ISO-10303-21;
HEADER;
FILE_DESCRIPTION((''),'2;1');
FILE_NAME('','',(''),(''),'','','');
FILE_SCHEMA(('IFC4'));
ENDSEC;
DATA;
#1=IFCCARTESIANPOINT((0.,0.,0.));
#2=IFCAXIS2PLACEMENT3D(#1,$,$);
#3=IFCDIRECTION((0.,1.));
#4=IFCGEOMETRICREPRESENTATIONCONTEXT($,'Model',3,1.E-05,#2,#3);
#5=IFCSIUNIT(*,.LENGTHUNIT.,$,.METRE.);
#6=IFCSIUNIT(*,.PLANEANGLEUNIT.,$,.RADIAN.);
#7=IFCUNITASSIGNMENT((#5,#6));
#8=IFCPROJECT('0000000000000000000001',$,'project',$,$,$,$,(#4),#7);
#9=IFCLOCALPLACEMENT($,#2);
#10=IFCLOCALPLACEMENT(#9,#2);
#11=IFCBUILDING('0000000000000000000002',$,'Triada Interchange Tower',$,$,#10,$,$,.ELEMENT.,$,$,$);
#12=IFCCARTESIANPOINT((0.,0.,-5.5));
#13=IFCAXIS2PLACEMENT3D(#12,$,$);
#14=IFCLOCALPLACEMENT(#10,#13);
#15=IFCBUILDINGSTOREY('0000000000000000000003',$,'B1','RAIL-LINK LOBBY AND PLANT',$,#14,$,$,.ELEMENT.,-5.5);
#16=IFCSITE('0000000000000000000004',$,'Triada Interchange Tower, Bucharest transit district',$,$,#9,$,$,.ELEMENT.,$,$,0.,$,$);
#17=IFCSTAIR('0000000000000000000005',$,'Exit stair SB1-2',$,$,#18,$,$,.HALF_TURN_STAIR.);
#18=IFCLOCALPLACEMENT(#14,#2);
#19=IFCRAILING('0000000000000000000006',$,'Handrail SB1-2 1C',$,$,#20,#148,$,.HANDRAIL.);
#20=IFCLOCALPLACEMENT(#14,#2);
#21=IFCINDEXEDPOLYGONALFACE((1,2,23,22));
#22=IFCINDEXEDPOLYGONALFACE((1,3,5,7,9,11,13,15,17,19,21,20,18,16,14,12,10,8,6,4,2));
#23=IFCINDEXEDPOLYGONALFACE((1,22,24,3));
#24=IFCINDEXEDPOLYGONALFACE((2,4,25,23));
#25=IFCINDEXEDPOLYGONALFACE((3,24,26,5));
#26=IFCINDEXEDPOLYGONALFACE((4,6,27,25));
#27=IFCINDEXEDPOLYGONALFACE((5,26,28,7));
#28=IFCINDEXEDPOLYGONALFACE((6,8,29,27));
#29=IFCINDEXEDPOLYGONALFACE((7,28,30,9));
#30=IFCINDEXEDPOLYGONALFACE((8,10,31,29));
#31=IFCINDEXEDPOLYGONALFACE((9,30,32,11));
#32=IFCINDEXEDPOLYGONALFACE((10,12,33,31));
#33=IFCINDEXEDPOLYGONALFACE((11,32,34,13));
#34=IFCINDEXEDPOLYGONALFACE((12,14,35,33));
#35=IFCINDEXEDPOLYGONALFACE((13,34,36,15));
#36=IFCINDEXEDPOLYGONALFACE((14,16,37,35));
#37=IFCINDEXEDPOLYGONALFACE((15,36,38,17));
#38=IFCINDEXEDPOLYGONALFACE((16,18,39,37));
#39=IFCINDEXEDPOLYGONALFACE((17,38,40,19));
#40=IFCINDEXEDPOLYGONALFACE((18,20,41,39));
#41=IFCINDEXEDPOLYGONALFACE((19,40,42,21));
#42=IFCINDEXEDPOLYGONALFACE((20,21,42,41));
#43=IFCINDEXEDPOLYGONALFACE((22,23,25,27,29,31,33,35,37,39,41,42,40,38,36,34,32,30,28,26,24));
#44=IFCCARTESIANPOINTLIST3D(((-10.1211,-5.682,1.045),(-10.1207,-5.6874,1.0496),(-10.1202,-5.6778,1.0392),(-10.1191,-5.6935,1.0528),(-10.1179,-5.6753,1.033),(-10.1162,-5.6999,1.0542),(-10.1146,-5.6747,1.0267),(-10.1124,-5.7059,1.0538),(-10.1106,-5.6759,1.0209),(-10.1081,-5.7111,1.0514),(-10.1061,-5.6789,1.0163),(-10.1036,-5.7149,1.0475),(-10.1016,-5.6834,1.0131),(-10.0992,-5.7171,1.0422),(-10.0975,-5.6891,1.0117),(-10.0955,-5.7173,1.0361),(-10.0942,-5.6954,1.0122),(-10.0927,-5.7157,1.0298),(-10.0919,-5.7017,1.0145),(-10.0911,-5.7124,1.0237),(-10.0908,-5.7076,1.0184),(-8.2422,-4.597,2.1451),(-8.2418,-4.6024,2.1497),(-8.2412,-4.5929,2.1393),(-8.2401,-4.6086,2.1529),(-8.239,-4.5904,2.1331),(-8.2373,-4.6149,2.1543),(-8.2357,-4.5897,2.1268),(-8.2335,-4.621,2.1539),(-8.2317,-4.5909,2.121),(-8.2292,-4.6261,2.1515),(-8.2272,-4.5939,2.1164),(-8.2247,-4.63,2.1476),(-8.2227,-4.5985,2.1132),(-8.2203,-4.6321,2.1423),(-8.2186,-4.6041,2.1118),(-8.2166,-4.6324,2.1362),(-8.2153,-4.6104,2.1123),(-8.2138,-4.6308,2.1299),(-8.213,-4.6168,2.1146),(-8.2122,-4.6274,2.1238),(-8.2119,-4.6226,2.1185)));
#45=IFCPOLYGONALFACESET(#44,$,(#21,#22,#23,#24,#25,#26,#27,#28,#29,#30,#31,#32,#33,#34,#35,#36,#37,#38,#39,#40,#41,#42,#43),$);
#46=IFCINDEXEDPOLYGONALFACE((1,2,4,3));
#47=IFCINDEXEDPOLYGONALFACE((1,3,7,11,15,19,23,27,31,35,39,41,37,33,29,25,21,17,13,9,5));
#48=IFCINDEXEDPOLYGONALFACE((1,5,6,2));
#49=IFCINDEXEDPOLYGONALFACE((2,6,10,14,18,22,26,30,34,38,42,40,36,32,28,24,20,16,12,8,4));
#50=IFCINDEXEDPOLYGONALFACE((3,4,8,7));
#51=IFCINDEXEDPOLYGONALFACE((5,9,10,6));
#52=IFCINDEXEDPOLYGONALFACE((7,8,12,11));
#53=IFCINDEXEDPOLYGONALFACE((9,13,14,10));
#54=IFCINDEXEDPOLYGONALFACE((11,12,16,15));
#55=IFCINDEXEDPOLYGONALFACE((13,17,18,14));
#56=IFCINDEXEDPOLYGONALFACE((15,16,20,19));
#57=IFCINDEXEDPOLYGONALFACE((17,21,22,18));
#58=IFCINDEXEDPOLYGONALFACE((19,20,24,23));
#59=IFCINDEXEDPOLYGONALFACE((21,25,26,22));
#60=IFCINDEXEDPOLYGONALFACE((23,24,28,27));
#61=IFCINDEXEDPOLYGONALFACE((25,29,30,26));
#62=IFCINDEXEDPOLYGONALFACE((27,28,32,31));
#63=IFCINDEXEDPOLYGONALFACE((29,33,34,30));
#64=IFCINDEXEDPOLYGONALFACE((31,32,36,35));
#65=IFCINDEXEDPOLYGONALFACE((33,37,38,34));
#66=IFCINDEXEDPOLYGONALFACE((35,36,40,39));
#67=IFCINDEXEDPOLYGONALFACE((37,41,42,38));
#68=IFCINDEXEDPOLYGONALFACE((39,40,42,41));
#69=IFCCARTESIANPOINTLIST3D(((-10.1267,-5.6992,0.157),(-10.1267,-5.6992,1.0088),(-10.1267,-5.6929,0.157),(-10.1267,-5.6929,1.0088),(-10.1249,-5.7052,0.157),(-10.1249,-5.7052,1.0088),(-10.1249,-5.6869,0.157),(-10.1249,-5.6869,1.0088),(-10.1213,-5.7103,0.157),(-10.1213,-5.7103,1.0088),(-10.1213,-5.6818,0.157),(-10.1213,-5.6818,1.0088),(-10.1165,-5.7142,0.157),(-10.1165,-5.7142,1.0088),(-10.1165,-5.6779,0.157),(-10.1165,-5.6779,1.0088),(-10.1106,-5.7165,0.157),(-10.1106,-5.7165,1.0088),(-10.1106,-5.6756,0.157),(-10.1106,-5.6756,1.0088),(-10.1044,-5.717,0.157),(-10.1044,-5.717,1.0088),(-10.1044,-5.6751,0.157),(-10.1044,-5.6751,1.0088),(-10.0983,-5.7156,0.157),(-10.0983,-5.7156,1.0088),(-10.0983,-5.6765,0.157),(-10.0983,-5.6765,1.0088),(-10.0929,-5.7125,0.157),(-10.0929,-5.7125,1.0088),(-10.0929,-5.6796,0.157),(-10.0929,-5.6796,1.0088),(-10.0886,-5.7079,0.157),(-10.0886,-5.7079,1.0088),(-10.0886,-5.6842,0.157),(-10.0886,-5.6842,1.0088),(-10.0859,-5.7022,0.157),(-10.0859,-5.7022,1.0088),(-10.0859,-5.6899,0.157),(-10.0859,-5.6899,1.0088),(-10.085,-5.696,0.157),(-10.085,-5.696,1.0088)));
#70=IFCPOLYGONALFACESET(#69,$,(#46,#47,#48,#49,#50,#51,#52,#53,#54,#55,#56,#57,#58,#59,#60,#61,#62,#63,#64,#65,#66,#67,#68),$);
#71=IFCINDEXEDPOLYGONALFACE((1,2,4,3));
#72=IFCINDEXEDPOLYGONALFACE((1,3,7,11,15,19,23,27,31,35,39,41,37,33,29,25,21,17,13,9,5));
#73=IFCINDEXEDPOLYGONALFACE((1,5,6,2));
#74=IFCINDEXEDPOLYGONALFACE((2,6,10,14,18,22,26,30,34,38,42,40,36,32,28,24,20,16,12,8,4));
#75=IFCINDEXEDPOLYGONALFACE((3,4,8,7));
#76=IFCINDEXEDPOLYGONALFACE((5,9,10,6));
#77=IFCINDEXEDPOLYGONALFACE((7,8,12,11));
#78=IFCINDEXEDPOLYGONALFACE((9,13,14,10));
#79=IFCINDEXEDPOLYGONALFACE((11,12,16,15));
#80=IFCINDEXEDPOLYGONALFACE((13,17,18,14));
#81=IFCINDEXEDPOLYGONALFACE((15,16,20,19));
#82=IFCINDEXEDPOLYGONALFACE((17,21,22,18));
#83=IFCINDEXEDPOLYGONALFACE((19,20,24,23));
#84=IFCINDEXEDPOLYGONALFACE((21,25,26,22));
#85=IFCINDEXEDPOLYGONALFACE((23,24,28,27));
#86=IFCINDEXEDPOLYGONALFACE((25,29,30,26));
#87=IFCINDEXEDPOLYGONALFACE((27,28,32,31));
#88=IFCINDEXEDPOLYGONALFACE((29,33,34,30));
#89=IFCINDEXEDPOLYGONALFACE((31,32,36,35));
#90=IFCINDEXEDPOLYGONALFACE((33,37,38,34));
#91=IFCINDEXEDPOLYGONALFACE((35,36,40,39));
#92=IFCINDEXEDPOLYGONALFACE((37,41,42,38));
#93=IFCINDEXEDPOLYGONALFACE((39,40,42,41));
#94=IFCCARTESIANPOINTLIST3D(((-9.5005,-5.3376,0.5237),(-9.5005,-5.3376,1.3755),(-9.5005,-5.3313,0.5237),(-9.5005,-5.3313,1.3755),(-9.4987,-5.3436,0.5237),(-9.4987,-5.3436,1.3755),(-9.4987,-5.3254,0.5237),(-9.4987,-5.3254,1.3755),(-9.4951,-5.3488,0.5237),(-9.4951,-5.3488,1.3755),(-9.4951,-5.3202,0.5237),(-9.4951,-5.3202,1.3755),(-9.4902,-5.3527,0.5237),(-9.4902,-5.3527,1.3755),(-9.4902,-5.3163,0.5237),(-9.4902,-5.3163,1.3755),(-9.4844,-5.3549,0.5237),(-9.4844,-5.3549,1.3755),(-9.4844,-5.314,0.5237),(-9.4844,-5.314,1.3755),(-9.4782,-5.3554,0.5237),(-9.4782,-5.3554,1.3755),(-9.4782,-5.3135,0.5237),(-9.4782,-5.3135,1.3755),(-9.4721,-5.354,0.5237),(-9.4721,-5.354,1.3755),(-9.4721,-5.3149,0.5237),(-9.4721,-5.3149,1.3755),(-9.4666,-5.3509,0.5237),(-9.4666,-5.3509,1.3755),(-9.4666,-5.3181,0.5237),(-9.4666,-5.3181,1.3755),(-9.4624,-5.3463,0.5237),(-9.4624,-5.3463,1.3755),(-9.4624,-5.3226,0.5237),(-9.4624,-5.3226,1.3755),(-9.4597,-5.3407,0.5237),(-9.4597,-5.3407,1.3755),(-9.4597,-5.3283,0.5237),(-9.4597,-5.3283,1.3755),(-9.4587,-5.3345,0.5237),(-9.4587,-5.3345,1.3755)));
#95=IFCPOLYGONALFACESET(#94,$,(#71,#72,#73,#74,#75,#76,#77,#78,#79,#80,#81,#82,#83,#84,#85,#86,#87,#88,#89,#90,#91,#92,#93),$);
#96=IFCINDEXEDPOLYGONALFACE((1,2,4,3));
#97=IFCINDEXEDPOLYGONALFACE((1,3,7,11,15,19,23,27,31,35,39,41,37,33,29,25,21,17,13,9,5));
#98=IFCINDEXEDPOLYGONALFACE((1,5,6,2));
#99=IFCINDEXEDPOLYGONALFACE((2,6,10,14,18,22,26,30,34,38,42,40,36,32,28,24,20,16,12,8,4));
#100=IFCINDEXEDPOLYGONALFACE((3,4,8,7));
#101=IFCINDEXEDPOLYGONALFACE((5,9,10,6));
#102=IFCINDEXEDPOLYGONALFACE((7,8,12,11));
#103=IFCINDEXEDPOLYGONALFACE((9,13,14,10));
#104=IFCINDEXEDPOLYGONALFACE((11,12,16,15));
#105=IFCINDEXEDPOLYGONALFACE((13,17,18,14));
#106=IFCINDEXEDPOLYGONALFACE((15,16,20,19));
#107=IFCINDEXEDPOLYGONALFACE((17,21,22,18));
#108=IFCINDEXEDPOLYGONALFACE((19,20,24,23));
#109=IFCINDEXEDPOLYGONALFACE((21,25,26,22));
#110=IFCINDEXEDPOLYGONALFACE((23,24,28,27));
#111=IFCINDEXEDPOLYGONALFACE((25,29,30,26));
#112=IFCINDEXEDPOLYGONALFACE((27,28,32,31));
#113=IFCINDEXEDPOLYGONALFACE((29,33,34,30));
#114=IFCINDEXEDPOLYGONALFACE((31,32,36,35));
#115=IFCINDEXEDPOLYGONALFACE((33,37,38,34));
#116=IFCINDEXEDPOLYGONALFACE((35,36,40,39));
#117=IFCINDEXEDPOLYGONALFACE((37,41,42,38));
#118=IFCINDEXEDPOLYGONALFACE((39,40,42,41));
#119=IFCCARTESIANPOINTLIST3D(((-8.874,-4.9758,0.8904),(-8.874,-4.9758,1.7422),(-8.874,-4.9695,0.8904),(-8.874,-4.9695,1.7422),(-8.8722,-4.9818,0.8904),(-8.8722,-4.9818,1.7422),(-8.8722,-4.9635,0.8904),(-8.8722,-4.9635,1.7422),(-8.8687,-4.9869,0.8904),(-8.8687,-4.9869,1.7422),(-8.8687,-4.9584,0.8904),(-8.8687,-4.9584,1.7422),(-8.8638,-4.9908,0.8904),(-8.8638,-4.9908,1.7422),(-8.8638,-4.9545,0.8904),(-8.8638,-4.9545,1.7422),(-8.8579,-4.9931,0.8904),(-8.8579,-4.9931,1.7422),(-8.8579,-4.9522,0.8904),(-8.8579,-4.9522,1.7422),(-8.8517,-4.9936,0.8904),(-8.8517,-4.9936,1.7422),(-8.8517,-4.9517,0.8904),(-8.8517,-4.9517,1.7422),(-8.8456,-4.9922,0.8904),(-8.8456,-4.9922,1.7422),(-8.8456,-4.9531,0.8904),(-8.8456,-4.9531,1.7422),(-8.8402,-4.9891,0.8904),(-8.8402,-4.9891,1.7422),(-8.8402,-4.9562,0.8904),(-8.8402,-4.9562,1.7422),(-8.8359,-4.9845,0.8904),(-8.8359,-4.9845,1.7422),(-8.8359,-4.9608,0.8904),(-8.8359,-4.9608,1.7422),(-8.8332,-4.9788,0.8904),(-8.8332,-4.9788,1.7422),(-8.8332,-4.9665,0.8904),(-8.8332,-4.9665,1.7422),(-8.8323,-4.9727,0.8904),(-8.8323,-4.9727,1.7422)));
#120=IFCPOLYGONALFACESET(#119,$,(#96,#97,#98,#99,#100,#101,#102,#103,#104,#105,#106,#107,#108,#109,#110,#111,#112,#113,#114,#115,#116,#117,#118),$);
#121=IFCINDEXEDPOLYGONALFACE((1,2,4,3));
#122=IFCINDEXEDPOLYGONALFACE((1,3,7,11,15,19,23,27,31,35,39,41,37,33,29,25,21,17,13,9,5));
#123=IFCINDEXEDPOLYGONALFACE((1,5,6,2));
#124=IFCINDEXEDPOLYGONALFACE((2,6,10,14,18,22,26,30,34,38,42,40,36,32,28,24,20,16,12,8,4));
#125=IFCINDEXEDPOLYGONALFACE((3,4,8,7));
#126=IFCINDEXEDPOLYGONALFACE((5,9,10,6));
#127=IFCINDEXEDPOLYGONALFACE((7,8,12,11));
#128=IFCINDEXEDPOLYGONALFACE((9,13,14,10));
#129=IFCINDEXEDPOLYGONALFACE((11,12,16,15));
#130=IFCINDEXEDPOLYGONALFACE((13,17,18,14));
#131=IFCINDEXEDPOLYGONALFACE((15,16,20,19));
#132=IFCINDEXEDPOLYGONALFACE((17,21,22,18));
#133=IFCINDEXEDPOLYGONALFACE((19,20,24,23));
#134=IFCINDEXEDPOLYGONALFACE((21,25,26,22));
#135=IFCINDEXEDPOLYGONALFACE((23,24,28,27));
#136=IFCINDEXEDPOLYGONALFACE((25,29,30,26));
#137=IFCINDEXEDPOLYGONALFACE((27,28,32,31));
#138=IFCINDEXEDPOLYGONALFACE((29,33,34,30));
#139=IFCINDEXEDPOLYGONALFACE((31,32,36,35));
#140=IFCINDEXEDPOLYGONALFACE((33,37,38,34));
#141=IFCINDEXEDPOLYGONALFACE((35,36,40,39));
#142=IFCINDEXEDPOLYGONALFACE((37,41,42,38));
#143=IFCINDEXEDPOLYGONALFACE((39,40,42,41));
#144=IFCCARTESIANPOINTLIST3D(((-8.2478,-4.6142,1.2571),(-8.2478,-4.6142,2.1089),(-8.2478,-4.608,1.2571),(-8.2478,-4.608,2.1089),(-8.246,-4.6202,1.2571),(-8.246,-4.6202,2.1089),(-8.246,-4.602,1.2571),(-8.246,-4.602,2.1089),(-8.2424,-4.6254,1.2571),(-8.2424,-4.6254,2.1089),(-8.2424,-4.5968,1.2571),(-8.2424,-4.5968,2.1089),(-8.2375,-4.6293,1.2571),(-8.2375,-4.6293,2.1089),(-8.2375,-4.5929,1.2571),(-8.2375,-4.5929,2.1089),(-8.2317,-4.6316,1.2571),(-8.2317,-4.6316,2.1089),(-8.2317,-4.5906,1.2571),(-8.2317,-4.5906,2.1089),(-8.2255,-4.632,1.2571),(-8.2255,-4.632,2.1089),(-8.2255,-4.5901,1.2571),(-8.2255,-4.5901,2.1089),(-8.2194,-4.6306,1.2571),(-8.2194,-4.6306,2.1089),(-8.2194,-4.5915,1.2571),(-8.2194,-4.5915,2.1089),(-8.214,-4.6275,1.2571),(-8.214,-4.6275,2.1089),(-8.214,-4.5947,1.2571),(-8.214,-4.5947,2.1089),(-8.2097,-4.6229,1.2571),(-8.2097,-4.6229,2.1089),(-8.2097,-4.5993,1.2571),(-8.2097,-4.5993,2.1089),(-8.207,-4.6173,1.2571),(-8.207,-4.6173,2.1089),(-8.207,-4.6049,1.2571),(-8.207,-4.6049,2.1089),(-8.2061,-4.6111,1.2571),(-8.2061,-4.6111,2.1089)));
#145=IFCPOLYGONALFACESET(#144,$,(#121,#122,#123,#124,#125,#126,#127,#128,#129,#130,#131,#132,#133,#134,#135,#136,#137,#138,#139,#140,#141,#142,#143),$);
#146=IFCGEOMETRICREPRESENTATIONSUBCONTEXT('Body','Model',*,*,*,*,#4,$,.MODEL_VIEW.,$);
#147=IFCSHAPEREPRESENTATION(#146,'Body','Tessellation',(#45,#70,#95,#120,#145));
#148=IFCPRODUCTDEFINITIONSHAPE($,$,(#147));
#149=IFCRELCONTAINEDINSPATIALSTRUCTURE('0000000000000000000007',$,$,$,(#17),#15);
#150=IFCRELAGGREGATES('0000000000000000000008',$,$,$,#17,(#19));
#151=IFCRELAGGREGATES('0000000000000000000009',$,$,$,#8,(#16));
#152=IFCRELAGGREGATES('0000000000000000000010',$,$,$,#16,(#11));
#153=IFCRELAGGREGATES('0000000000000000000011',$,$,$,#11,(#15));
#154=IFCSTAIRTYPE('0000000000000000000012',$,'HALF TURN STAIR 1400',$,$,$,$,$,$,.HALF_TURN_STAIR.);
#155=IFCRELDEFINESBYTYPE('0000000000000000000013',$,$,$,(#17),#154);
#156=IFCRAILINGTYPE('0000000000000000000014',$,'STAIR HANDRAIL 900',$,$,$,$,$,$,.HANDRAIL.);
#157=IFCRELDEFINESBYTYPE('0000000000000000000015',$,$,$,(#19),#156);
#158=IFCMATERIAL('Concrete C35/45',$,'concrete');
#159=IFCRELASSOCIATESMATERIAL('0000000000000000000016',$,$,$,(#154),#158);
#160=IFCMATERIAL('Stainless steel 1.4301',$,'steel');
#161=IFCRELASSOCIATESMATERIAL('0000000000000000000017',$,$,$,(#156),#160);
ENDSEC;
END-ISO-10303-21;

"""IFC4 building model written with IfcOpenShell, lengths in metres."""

from ifc_helpers import new_model, si_unit, direction, frame, origin, origin_2d, place, context, subcontext, project, spatial, circle, extrude, material, type_object, element, aggregate, save


model = new_model("IFC4")

# Units and contexts
model_context = context("Model", 3, precision=1e-05, world=origin(), true_north=direction((0.0, 1.0)))
body_context = subcontext(model_context, "Body", "Model", "MODEL_VIEW")
ifc_project = project(units=[si_unit("LENGTHUNIT", "METRE"), si_unit("PLANEANGLEUNIT", "RADIAN")], contexts=[model_context])

# Site, building, storey
site_placement = place(None, origin())
site = spatial("IfcSite", under=ifc_project, at=site_placement, Name="Triada Interchange Tower, Bucharest transit district", CompositionType="ELEMENT", RefElevation=0.0)
building_placement = place(site_placement, origin())
building = spatial("IfcBuilding", under=site, at=building_placement, Name="Triada Interchange Tower", CompositionType="ELEMENT")
storey_placement = place(building_placement, frame((0.0, 0.0, -5.5)))
storey = spatial("IfcBuildingStorey", under=building, at=storey_placement, Name="B1", Description="RAIL-LINK LOBBY AND PLANT", CompositionType="ELEMENT", Elevation=-5.5)

# Shared definitions
ifc_material_1 = material(Name="Concrete C35/45", Category="concrete")

# Stair, railing
stair_type = type_object("IfcStairType", Name="HALF TURN STAIR 1400", PredefinedType="HALF_TURN_STAIR", material=ifc_material_1)
stair_placement = place(storey_placement, origin())
stair = element("IfcStair", 1, at=stair_placement, inside=storey, type_object=stair_type, Name="Exit stair SB1-2", PredefinedType="HALF_TURN_STAIR")
ifc_material_2 = material(Name="Stainless steel 1.4301", Category="steel")
railing_type_1 = type_object("IfcRailingType", Name="STAIR HANDRAIL 900", PredefinedType="HANDRAIL", material=ifc_material_2)
railing_1_placement = place(storey_placement, frame((-10.106, -5.696, 0.157)))
railing_1 = element("IfcRailing", 2, at=railing_1_placement, type_object=railing_type_1, Name="Handrail SB1-2 1C", PredefinedType="HANDRAIL", context=body_context, shape_type="SweptSolid", body=[
    extrude(circle(Radius=0.0239, at=origin_2d()), frame((0.0, 0.0, 0.876), z_axis=(0.772379, 0.446005, 0.452227), x_axis=(-0.50006, 0.865991, 0.0)), (0.0, 0.0, 1.0), 2.4326),
    extrude(circle(Radius=0.021, at=origin_2d()), origin(), (0.0, 0.0, 1.0), 0.8518),
    extrude(circle(Radius=0.021, at=origin_2d()), frame((0.6262, 0.3616, 0.3667)), (0.0, 0.0, 1.0), 0.8518),
    extrude(circle(Radius=0.021, at=origin_2d()), frame((1.2527, 0.7234, 0.7334)), (0.0, 0.0, 1.0), 0.8518),
    extrude(circle(Radius=0.021, at=origin_2d()), frame((1.8789, 1.085, 1.1001)), (0.0, 0.0, 1.0), 0.8518),
])
aggregate(stair, [railing_1])

save(model, "model.ifc")
